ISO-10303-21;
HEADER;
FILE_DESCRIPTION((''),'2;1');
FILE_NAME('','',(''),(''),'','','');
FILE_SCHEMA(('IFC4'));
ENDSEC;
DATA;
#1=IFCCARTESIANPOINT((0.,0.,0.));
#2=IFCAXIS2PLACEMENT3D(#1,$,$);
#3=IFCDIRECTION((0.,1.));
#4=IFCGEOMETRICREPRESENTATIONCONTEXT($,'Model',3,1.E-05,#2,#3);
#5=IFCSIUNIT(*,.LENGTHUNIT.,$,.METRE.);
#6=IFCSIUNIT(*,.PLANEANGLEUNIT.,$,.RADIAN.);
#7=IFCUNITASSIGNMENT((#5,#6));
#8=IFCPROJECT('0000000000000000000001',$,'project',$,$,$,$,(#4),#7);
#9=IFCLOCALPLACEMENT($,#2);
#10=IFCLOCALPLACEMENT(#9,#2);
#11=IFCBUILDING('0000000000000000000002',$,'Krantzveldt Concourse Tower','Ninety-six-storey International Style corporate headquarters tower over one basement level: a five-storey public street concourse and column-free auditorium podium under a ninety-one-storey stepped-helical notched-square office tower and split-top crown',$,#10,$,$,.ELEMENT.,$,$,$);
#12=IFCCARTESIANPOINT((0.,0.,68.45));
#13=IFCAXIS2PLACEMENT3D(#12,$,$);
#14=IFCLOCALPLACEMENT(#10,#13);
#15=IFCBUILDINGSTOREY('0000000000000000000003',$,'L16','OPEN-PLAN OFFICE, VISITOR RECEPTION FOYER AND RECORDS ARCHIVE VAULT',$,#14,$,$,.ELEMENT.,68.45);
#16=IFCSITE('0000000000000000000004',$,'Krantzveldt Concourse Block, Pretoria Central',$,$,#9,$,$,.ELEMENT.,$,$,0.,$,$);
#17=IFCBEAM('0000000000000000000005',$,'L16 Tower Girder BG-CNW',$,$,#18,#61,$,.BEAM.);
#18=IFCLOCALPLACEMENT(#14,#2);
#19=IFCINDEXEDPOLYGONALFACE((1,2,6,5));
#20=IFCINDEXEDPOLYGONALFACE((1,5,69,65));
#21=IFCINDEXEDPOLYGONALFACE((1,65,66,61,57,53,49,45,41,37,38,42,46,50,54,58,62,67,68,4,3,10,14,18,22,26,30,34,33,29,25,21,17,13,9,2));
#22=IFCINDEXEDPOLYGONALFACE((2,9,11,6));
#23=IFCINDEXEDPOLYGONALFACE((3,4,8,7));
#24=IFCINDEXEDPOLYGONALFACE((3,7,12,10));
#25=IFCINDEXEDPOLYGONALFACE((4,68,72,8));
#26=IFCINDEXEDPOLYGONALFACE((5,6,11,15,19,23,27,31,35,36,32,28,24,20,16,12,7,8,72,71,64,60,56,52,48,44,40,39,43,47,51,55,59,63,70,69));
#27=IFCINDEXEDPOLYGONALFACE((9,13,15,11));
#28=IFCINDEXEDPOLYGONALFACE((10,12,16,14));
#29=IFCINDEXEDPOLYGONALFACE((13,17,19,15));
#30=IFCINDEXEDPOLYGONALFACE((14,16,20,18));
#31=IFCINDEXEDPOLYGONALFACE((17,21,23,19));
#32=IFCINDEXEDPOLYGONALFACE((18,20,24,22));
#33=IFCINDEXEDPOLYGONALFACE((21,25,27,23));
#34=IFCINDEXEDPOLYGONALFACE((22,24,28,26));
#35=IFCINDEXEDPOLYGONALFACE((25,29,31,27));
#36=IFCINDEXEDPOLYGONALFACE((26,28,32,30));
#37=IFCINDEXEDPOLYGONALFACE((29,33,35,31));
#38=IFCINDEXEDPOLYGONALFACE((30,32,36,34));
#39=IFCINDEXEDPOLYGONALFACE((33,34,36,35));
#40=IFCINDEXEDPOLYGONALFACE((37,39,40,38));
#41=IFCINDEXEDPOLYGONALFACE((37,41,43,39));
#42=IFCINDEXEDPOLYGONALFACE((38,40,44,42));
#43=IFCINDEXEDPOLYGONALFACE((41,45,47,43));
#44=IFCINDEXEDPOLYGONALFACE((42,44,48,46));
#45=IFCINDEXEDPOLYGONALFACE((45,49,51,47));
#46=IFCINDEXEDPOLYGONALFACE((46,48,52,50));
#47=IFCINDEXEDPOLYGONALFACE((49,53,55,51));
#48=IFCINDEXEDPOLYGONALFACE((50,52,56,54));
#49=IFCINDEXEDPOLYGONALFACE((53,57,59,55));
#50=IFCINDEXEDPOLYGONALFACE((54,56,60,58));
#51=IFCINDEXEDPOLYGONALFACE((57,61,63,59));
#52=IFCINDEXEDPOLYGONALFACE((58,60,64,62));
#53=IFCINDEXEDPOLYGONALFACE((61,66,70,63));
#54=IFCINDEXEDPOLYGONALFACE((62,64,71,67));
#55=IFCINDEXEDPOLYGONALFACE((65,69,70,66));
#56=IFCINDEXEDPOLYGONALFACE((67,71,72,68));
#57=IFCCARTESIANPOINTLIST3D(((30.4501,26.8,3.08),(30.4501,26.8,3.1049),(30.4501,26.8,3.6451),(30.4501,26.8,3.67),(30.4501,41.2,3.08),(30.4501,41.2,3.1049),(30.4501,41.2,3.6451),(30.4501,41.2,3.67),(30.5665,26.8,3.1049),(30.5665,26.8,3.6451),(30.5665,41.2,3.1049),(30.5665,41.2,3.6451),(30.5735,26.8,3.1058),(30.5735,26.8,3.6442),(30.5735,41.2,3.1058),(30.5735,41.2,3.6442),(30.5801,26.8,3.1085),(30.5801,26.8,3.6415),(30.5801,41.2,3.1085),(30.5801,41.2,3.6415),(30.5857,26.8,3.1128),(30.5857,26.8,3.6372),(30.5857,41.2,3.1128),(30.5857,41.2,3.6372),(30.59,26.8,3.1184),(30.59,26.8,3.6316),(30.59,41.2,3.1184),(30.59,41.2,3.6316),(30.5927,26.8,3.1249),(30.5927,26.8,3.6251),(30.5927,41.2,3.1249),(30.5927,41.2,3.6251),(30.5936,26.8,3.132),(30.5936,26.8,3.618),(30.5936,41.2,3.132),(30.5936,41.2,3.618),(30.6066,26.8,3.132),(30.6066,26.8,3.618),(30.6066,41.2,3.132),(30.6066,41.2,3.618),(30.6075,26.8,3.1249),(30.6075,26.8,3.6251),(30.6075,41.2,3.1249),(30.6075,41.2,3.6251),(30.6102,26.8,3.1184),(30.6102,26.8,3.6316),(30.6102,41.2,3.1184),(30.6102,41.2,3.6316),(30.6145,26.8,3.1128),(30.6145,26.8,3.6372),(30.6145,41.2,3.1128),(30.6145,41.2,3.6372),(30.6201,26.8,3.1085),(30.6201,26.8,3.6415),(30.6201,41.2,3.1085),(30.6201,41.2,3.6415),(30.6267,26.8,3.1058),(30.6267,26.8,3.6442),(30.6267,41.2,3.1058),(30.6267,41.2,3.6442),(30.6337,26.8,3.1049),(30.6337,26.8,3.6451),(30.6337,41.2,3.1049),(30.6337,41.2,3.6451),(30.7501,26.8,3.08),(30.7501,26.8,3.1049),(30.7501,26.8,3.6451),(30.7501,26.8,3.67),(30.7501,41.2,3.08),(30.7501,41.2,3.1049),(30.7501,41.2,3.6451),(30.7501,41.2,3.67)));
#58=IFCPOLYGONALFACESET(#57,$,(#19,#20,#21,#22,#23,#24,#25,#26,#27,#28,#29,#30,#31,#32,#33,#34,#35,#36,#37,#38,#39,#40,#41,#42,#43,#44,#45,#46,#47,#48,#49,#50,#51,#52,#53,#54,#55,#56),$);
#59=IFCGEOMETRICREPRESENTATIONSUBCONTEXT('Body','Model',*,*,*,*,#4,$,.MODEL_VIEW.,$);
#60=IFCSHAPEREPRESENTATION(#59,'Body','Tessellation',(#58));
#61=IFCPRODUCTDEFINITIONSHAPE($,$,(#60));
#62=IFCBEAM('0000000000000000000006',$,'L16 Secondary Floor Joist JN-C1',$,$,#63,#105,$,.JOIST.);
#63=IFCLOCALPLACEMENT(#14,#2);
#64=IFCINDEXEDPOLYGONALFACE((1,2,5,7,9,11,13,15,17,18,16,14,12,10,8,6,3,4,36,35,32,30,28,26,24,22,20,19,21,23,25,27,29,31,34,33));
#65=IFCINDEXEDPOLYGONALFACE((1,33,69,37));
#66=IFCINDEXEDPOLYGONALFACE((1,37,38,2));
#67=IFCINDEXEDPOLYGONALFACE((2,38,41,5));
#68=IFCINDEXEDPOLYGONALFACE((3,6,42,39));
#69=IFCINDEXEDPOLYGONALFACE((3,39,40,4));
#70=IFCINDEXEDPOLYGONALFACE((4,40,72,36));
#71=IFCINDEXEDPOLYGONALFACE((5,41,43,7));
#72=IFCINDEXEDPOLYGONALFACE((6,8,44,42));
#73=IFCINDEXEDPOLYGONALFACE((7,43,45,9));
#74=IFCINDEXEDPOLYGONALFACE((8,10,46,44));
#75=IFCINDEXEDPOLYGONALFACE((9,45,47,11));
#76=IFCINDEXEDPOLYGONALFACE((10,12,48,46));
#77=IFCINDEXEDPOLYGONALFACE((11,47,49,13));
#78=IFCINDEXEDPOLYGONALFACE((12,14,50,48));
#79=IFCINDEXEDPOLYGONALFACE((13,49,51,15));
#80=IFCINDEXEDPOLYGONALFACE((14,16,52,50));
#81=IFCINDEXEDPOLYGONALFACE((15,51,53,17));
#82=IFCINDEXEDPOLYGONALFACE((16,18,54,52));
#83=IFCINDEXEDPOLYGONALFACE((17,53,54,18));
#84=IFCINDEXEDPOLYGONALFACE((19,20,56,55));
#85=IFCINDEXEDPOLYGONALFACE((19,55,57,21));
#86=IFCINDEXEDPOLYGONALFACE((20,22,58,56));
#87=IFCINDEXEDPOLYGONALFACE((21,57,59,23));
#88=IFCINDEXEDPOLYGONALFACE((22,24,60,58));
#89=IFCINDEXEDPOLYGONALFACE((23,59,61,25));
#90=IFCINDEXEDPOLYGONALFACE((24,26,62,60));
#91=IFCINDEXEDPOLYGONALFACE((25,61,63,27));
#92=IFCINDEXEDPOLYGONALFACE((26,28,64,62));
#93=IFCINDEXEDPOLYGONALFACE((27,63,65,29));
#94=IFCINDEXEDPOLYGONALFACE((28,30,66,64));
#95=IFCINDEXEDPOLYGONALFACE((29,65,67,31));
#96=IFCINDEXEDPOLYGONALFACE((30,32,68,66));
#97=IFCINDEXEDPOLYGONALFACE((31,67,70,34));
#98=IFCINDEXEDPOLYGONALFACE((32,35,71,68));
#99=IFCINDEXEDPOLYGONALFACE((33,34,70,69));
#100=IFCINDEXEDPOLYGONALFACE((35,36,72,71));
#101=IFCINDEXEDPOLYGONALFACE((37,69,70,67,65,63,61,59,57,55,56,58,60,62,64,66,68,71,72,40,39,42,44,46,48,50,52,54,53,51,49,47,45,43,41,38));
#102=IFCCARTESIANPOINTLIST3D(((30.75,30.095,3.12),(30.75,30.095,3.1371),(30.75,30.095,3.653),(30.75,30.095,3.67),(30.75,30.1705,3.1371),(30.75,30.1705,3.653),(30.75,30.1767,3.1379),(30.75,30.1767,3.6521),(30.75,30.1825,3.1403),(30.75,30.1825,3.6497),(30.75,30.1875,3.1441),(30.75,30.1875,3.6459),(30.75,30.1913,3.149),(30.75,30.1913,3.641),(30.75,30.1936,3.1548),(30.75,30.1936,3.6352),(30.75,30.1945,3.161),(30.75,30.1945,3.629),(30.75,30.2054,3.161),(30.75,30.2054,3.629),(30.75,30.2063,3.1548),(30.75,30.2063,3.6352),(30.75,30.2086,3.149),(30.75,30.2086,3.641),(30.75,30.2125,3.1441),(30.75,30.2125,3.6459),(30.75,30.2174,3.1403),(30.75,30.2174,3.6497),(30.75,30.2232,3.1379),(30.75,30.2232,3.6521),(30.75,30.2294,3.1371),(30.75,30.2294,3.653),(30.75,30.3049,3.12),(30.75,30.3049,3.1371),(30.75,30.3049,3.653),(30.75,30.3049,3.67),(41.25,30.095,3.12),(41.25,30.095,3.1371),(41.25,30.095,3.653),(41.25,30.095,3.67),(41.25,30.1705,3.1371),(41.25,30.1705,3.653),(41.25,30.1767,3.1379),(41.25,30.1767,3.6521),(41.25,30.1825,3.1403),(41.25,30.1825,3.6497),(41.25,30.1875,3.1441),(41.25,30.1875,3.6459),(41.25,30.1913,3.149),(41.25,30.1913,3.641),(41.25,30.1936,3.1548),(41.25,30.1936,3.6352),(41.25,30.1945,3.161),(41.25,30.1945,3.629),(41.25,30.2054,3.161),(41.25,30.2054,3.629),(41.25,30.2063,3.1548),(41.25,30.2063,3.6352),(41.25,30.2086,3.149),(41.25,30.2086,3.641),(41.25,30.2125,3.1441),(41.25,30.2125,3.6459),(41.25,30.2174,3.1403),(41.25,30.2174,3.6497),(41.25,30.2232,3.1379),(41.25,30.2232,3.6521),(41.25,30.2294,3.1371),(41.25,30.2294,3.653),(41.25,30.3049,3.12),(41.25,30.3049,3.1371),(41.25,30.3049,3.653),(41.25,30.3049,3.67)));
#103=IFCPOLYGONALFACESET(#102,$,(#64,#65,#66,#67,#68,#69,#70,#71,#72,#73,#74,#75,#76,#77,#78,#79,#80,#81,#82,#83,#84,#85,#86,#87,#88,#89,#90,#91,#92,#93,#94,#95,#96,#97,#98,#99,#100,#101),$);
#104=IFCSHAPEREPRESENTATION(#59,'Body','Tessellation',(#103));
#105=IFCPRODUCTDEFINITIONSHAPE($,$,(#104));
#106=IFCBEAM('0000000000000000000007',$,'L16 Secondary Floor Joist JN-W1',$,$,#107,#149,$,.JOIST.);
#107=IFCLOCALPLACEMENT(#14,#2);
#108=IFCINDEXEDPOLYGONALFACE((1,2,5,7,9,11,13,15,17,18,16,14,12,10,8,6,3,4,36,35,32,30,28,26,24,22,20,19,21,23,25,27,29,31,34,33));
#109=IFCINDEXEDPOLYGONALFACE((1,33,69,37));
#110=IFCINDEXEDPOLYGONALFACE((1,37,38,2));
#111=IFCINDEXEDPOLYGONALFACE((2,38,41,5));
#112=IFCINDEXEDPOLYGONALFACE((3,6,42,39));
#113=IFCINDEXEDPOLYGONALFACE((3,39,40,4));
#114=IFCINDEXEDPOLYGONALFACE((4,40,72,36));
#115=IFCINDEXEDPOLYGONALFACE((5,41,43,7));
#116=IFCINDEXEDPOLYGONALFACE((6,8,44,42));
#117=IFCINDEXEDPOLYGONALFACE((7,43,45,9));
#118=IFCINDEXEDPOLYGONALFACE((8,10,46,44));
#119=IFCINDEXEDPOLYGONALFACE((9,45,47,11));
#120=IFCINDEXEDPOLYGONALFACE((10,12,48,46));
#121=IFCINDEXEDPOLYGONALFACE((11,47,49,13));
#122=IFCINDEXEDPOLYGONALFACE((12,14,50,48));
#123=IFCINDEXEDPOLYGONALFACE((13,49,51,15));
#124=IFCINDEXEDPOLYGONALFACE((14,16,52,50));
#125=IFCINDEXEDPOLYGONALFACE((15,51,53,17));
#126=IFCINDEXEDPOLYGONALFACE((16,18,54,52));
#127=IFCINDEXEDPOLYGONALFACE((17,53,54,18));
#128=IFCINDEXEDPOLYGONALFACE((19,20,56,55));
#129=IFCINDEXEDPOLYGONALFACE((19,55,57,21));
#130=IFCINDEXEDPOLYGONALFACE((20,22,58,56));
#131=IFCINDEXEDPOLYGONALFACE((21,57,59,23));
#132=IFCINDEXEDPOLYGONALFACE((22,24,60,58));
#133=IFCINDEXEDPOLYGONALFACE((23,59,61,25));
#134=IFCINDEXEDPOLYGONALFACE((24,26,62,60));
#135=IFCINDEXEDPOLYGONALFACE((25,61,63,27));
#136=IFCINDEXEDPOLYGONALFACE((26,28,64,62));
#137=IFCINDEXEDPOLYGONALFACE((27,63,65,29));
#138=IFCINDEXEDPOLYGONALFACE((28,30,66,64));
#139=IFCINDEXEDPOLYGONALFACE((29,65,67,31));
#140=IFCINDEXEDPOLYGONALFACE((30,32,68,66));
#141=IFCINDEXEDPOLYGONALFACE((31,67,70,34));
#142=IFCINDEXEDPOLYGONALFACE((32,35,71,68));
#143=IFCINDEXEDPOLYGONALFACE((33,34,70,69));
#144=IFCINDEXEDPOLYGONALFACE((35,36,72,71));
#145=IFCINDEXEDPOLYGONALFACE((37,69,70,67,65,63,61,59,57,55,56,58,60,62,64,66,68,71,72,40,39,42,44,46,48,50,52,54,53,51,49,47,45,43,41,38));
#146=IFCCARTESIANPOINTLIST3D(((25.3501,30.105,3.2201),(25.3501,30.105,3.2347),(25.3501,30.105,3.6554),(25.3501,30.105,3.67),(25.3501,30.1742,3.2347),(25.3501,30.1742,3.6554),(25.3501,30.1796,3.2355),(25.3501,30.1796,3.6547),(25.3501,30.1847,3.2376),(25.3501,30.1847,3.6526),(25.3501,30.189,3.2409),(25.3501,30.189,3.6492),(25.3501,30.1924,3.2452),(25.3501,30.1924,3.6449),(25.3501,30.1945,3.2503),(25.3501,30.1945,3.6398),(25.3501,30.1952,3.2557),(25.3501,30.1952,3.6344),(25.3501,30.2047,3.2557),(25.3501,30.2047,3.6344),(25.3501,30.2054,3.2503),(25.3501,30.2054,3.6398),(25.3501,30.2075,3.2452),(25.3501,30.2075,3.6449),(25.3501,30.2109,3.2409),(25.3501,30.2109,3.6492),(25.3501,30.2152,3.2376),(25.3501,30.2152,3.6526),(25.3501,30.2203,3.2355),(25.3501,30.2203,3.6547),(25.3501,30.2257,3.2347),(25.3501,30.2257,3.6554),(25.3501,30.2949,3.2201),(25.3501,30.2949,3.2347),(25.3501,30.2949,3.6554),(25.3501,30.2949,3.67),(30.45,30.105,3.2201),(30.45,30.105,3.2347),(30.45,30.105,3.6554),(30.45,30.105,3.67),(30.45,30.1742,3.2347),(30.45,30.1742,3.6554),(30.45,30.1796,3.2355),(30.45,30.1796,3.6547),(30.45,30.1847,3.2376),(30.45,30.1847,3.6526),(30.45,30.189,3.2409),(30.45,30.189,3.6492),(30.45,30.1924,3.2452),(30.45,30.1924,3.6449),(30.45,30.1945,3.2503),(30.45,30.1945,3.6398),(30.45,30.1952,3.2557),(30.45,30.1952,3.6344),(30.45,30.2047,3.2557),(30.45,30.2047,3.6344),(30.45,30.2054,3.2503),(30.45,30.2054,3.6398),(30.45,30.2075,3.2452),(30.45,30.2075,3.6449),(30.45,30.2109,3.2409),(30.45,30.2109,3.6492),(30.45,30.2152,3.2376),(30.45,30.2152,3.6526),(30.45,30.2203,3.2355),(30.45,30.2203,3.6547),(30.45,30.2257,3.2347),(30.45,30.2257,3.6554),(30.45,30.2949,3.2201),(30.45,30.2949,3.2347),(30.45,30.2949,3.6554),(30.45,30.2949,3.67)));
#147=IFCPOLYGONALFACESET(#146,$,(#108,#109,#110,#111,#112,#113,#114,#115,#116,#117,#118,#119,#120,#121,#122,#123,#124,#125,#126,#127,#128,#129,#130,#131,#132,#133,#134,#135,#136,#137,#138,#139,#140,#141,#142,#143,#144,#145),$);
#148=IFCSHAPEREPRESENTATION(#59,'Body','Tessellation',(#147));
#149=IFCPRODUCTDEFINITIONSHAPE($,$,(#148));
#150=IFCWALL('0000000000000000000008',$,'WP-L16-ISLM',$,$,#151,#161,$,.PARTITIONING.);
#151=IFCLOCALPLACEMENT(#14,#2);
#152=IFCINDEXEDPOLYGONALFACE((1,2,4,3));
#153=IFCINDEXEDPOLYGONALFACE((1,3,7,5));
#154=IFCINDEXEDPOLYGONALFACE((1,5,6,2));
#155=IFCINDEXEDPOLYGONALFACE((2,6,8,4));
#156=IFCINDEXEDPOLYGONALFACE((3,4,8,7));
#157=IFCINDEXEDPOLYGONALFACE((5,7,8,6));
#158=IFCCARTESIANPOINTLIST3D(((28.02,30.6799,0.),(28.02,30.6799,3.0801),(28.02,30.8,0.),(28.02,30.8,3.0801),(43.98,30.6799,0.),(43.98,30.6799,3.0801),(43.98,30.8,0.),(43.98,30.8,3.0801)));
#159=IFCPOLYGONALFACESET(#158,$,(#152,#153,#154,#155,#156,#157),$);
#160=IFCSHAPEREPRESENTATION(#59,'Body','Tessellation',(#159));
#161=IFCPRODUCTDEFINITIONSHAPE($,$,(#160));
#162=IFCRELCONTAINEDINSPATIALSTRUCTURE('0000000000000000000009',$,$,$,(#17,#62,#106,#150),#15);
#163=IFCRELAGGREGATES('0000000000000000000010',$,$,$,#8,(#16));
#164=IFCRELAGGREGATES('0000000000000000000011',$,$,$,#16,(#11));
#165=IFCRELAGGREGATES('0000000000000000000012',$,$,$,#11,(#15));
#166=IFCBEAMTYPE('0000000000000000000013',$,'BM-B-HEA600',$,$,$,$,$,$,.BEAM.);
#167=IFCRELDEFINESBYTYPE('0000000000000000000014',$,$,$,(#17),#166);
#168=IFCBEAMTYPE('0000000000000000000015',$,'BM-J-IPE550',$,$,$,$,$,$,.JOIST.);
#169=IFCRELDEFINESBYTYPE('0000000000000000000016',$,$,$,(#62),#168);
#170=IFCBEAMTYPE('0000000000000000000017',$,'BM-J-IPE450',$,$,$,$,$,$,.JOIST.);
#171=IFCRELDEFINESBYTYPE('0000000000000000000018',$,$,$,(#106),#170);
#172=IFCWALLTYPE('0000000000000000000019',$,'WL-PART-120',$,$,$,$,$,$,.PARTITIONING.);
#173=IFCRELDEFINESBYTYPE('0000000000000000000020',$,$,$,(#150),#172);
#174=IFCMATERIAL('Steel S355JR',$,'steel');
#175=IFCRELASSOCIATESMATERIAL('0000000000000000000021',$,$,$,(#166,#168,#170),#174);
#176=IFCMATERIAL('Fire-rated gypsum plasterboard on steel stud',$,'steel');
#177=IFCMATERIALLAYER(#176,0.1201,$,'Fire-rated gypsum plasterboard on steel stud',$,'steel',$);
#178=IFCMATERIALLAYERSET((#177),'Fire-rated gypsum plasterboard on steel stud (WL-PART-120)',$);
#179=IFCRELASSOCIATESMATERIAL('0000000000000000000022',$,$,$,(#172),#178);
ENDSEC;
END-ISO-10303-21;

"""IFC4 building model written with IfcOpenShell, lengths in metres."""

from ifc_helpers import new_model, si_unit, direction, frame, frame_2d, origin, origin_2d, place, context, subcontext, project, spatial, rectangle, i_section, extrude, source, transform, mapped, material, layer, layer_set, material_profile, profile_set, type_object, type_shapes, element, save


model = new_model("IFC4")

# Units and contexts
model_context = context("Model", 3, precision=1e-05, world=origin(), true_north=direction((0.0, 1.0)))
body_context = subcontext(model_context, "Body", "Model", "MODEL_VIEW")
ifc_project = project(units=[si_unit("LENGTHUNIT", "METRE"), si_unit("PLANEANGLEUNIT", "RADIAN")], contexts=[model_context])

# Site, building, storey
site_placement = place(None, origin())
site = spatial("IfcSite", under=ifc_project, at=site_placement, Name="Krantzveldt Concourse Block, Pretoria Central", CompositionType="ELEMENT", RefElevation=0.0)
building_placement = place(site_placement, origin())
building = spatial("IfcBuilding", under=site, at=building_placement, Name="Krantzveldt Concourse Tower", Description="Ninety-six-storey International Style corporate headquarters tower over one basement level: a five-storey public street concourse and column-free auditorium podium under a ninety-one-storey stepped-helical notched-square office tower and split-top crown", CompositionType="ELEMENT")
storey_placement = place(building_placement, frame((0.0, 0.0, 68.45)))
storey = spatial("IfcBuildingStorey", under=building, at=storey_placement, Name="L16", Description="OPEN-PLAN OFFICE, VISITOR RECEPTION FOYER AND RECORDS ARCHIVE VAULT", CompositionType="ELEMENT", Elevation=68.45)

# Beams
ifc_material_1 = material(Name="Steel S355JR", Category="steel")
ifc_material_profile_1 = material_profile(ifc_material_1, i_section(OverallWidth=0.3, OverallDepth=0.5901, WebThickness=0.0129, FlangeThickness=0.0249, FilletRadius=0.0271, at=origin_2d()), Name="Steel S355JR", Category="steel")
ifc_profile_set_1 = profile_set([ifc_material_profile_1], Name="Steel S355JR - HEA 600")
beam_type_1 = type_object("IfcBeamType", Name="BM-B-HEA600", PredefinedType="BEAM", material=ifc_profile_set_1)
shared_shape_1 = source(origin(), body_context, "Body", "SweptSolid", [
    extrude(i_section(OverallWidth=0.3, OverallDepth=0.5901, WebThickness=0.0129, FlangeThickness=0.0249, FilletRadius=0.0271, at=origin_2d()), origin(), (0.0, 0.0, 1.0), 14.3999),
])
type_shapes(beam_type_1, [shared_shape_1])
beam_1_placement = place(storey_placement, frame((30.6001, 26.8, 3.375), z_axis=(0.0, 1.0, 0.0), x_axis=(-1.0, 0.0, 0.0)))
element("IfcBeam", 1, at=beam_1_placement, inside=storey, type_object=beam_type_1, Name="L16 Tower Girder BG-CNW", PredefinedType="BEAM", context=body_context, shape_type="MappedRepresentation", body=[
    mapped(shared_shape_1, transform((0.0, 0.0, 0.0), x_axis=(1.0, 0.0, 0.0), y_axis=(0.0, 1.0, 0.0), z_axis=(0.0, 0.0, 1.0), scale=1.0)),
])
ifc_material_profile_2 = material_profile(ifc_material_1, i_section(OverallWidth=0.21, OverallDepth=0.55, WebThickness=0.011, FlangeThickness=0.0171, FilletRadius=0.0239, at=origin_2d()), Name="Steel S355JR", Category="steel")
ifc_profile_set_2 = profile_set([ifc_material_profile_2], Name="Steel S355JR - IPE 550")
beam_type_2 = type_object("IfcBeamType", Name="BM-J-IPE550", PredefinedType="JOIST", material=ifc_profile_set_2)
shared_shape_2 = source(origin(), body_context, "Body", "SweptSolid", [
    extrude(i_section(OverallWidth=0.21, OverallDepth=0.55, WebThickness=0.011, FlangeThickness=0.0171, FilletRadius=0.0239, at=origin_2d()), origin(), (0.0, 0.0, 1.0), 10.5),
])
type_shapes(beam_type_2, [shared_shape_2])
beam_2_placement = place(storey_placement, frame((30.75, 30.2, 3.395), z_axis=(1.0, 0.0, 0.0), x_axis=(0.0, 1.0, 0.0)))
element("IfcBeam", 2, at=beam_2_placement, inside=storey, type_object=beam_type_2, Name="L16 Secondary Floor Joist JN-C1", PredefinedType="JOIST", context=body_context, shape_type="MappedRepresentation", body=[
    mapped(shared_shape_2, transform((0.0, 0.0, 0.0), x_axis=(1.0, 0.0, 0.0), y_axis=(0.0, 1.0, 0.0), z_axis=(0.0, 0.0, 1.0), scale=1.0)),
])
ifc_material_profile_3 = material_profile(ifc_material_1, i_section(OverallWidth=0.1899, OverallDepth=0.45, WebThickness=0.0095, FlangeThickness=0.0146, FilletRadius=0.021, at=origin_2d()), Name="Steel S355JR", Category="steel")
ifc_profile_set_3 = profile_set([ifc_material_profile_3], Name="Steel S355JR - IPE 450")
beam_type_3 = type_object("IfcBeamType", Name="BM-J-IPE450", PredefinedType="JOIST", material=ifc_profile_set_3)
shared_shape_3 = source(origin(), body_context, "Body", "SweptSolid", [
    extrude(i_section(OverallWidth=0.1899, OverallDepth=0.45, WebThickness=0.0095, FlangeThickness=0.0146, FilletRadius=0.021, at=origin_2d()), origin(), (0.0, 0.0, 1.0), 5.0999),
])
type_shapes(beam_type_3, [shared_shape_3])
beam_3_placement = place(storey_placement, frame((25.3501, 30.2, 3.4451), z_axis=(1.0, 0.0, 0.0), x_axis=(0.0, 1.0, 0.0)))
element("IfcBeam", 3, at=beam_3_placement, inside=storey, type_object=beam_type_3, Name="L16 Secondary Floor Joist JN-W1", PredefinedType="JOIST", context=body_context, shape_type="MappedRepresentation", body=[
    mapped(shared_shape_3, transform((0.0, 0.0, 0.0), x_axis=(1.0, 0.0, 0.0), y_axis=(0.0, 1.0, 0.0), z_axis=(0.0, 0.0, 1.0), scale=1.0)),
])

# Wall
ifc_material_2 = material(Name="Fire-rated gypsum plasterboard on steel stud", Category="steel")
ifc_layer_1 = layer(ifc_material_2, 0.1201, Name="Fire-rated gypsum plasterboard on steel stud", Category="steel")
ifc_layer_set_1 = layer_set([ifc_layer_1], Name="Fire-rated gypsum plasterboard on steel stud (WL-PART-120)")
wall_type_1 = type_object("IfcWallType", Name="WL-PART-120", PredefinedType="PARTITIONING", material=ifc_layer_set_1)
wall_1_placement = place(storey_placement, frame((28.02, 30.74, 0.0), z_axis=(0.0, 0.0, 1.0), x_axis=(1.0, 0.0, 0.0)))
element("IfcWall", 4, at=wall_1_placement, inside=storey, type_object=wall_type_1, Name="WP-L16-ISLM", PredefinedType="PARTITIONING", context=body_context, shape_type="SweptSolid", body=[
    extrude(rectangle(XDim=15.96, YDim=0.1201, at=frame_2d((7.98, 0.0))), origin(), (0.0, 0.0, 1.0), 3.0801),
])

save(model, "model.ifc")
